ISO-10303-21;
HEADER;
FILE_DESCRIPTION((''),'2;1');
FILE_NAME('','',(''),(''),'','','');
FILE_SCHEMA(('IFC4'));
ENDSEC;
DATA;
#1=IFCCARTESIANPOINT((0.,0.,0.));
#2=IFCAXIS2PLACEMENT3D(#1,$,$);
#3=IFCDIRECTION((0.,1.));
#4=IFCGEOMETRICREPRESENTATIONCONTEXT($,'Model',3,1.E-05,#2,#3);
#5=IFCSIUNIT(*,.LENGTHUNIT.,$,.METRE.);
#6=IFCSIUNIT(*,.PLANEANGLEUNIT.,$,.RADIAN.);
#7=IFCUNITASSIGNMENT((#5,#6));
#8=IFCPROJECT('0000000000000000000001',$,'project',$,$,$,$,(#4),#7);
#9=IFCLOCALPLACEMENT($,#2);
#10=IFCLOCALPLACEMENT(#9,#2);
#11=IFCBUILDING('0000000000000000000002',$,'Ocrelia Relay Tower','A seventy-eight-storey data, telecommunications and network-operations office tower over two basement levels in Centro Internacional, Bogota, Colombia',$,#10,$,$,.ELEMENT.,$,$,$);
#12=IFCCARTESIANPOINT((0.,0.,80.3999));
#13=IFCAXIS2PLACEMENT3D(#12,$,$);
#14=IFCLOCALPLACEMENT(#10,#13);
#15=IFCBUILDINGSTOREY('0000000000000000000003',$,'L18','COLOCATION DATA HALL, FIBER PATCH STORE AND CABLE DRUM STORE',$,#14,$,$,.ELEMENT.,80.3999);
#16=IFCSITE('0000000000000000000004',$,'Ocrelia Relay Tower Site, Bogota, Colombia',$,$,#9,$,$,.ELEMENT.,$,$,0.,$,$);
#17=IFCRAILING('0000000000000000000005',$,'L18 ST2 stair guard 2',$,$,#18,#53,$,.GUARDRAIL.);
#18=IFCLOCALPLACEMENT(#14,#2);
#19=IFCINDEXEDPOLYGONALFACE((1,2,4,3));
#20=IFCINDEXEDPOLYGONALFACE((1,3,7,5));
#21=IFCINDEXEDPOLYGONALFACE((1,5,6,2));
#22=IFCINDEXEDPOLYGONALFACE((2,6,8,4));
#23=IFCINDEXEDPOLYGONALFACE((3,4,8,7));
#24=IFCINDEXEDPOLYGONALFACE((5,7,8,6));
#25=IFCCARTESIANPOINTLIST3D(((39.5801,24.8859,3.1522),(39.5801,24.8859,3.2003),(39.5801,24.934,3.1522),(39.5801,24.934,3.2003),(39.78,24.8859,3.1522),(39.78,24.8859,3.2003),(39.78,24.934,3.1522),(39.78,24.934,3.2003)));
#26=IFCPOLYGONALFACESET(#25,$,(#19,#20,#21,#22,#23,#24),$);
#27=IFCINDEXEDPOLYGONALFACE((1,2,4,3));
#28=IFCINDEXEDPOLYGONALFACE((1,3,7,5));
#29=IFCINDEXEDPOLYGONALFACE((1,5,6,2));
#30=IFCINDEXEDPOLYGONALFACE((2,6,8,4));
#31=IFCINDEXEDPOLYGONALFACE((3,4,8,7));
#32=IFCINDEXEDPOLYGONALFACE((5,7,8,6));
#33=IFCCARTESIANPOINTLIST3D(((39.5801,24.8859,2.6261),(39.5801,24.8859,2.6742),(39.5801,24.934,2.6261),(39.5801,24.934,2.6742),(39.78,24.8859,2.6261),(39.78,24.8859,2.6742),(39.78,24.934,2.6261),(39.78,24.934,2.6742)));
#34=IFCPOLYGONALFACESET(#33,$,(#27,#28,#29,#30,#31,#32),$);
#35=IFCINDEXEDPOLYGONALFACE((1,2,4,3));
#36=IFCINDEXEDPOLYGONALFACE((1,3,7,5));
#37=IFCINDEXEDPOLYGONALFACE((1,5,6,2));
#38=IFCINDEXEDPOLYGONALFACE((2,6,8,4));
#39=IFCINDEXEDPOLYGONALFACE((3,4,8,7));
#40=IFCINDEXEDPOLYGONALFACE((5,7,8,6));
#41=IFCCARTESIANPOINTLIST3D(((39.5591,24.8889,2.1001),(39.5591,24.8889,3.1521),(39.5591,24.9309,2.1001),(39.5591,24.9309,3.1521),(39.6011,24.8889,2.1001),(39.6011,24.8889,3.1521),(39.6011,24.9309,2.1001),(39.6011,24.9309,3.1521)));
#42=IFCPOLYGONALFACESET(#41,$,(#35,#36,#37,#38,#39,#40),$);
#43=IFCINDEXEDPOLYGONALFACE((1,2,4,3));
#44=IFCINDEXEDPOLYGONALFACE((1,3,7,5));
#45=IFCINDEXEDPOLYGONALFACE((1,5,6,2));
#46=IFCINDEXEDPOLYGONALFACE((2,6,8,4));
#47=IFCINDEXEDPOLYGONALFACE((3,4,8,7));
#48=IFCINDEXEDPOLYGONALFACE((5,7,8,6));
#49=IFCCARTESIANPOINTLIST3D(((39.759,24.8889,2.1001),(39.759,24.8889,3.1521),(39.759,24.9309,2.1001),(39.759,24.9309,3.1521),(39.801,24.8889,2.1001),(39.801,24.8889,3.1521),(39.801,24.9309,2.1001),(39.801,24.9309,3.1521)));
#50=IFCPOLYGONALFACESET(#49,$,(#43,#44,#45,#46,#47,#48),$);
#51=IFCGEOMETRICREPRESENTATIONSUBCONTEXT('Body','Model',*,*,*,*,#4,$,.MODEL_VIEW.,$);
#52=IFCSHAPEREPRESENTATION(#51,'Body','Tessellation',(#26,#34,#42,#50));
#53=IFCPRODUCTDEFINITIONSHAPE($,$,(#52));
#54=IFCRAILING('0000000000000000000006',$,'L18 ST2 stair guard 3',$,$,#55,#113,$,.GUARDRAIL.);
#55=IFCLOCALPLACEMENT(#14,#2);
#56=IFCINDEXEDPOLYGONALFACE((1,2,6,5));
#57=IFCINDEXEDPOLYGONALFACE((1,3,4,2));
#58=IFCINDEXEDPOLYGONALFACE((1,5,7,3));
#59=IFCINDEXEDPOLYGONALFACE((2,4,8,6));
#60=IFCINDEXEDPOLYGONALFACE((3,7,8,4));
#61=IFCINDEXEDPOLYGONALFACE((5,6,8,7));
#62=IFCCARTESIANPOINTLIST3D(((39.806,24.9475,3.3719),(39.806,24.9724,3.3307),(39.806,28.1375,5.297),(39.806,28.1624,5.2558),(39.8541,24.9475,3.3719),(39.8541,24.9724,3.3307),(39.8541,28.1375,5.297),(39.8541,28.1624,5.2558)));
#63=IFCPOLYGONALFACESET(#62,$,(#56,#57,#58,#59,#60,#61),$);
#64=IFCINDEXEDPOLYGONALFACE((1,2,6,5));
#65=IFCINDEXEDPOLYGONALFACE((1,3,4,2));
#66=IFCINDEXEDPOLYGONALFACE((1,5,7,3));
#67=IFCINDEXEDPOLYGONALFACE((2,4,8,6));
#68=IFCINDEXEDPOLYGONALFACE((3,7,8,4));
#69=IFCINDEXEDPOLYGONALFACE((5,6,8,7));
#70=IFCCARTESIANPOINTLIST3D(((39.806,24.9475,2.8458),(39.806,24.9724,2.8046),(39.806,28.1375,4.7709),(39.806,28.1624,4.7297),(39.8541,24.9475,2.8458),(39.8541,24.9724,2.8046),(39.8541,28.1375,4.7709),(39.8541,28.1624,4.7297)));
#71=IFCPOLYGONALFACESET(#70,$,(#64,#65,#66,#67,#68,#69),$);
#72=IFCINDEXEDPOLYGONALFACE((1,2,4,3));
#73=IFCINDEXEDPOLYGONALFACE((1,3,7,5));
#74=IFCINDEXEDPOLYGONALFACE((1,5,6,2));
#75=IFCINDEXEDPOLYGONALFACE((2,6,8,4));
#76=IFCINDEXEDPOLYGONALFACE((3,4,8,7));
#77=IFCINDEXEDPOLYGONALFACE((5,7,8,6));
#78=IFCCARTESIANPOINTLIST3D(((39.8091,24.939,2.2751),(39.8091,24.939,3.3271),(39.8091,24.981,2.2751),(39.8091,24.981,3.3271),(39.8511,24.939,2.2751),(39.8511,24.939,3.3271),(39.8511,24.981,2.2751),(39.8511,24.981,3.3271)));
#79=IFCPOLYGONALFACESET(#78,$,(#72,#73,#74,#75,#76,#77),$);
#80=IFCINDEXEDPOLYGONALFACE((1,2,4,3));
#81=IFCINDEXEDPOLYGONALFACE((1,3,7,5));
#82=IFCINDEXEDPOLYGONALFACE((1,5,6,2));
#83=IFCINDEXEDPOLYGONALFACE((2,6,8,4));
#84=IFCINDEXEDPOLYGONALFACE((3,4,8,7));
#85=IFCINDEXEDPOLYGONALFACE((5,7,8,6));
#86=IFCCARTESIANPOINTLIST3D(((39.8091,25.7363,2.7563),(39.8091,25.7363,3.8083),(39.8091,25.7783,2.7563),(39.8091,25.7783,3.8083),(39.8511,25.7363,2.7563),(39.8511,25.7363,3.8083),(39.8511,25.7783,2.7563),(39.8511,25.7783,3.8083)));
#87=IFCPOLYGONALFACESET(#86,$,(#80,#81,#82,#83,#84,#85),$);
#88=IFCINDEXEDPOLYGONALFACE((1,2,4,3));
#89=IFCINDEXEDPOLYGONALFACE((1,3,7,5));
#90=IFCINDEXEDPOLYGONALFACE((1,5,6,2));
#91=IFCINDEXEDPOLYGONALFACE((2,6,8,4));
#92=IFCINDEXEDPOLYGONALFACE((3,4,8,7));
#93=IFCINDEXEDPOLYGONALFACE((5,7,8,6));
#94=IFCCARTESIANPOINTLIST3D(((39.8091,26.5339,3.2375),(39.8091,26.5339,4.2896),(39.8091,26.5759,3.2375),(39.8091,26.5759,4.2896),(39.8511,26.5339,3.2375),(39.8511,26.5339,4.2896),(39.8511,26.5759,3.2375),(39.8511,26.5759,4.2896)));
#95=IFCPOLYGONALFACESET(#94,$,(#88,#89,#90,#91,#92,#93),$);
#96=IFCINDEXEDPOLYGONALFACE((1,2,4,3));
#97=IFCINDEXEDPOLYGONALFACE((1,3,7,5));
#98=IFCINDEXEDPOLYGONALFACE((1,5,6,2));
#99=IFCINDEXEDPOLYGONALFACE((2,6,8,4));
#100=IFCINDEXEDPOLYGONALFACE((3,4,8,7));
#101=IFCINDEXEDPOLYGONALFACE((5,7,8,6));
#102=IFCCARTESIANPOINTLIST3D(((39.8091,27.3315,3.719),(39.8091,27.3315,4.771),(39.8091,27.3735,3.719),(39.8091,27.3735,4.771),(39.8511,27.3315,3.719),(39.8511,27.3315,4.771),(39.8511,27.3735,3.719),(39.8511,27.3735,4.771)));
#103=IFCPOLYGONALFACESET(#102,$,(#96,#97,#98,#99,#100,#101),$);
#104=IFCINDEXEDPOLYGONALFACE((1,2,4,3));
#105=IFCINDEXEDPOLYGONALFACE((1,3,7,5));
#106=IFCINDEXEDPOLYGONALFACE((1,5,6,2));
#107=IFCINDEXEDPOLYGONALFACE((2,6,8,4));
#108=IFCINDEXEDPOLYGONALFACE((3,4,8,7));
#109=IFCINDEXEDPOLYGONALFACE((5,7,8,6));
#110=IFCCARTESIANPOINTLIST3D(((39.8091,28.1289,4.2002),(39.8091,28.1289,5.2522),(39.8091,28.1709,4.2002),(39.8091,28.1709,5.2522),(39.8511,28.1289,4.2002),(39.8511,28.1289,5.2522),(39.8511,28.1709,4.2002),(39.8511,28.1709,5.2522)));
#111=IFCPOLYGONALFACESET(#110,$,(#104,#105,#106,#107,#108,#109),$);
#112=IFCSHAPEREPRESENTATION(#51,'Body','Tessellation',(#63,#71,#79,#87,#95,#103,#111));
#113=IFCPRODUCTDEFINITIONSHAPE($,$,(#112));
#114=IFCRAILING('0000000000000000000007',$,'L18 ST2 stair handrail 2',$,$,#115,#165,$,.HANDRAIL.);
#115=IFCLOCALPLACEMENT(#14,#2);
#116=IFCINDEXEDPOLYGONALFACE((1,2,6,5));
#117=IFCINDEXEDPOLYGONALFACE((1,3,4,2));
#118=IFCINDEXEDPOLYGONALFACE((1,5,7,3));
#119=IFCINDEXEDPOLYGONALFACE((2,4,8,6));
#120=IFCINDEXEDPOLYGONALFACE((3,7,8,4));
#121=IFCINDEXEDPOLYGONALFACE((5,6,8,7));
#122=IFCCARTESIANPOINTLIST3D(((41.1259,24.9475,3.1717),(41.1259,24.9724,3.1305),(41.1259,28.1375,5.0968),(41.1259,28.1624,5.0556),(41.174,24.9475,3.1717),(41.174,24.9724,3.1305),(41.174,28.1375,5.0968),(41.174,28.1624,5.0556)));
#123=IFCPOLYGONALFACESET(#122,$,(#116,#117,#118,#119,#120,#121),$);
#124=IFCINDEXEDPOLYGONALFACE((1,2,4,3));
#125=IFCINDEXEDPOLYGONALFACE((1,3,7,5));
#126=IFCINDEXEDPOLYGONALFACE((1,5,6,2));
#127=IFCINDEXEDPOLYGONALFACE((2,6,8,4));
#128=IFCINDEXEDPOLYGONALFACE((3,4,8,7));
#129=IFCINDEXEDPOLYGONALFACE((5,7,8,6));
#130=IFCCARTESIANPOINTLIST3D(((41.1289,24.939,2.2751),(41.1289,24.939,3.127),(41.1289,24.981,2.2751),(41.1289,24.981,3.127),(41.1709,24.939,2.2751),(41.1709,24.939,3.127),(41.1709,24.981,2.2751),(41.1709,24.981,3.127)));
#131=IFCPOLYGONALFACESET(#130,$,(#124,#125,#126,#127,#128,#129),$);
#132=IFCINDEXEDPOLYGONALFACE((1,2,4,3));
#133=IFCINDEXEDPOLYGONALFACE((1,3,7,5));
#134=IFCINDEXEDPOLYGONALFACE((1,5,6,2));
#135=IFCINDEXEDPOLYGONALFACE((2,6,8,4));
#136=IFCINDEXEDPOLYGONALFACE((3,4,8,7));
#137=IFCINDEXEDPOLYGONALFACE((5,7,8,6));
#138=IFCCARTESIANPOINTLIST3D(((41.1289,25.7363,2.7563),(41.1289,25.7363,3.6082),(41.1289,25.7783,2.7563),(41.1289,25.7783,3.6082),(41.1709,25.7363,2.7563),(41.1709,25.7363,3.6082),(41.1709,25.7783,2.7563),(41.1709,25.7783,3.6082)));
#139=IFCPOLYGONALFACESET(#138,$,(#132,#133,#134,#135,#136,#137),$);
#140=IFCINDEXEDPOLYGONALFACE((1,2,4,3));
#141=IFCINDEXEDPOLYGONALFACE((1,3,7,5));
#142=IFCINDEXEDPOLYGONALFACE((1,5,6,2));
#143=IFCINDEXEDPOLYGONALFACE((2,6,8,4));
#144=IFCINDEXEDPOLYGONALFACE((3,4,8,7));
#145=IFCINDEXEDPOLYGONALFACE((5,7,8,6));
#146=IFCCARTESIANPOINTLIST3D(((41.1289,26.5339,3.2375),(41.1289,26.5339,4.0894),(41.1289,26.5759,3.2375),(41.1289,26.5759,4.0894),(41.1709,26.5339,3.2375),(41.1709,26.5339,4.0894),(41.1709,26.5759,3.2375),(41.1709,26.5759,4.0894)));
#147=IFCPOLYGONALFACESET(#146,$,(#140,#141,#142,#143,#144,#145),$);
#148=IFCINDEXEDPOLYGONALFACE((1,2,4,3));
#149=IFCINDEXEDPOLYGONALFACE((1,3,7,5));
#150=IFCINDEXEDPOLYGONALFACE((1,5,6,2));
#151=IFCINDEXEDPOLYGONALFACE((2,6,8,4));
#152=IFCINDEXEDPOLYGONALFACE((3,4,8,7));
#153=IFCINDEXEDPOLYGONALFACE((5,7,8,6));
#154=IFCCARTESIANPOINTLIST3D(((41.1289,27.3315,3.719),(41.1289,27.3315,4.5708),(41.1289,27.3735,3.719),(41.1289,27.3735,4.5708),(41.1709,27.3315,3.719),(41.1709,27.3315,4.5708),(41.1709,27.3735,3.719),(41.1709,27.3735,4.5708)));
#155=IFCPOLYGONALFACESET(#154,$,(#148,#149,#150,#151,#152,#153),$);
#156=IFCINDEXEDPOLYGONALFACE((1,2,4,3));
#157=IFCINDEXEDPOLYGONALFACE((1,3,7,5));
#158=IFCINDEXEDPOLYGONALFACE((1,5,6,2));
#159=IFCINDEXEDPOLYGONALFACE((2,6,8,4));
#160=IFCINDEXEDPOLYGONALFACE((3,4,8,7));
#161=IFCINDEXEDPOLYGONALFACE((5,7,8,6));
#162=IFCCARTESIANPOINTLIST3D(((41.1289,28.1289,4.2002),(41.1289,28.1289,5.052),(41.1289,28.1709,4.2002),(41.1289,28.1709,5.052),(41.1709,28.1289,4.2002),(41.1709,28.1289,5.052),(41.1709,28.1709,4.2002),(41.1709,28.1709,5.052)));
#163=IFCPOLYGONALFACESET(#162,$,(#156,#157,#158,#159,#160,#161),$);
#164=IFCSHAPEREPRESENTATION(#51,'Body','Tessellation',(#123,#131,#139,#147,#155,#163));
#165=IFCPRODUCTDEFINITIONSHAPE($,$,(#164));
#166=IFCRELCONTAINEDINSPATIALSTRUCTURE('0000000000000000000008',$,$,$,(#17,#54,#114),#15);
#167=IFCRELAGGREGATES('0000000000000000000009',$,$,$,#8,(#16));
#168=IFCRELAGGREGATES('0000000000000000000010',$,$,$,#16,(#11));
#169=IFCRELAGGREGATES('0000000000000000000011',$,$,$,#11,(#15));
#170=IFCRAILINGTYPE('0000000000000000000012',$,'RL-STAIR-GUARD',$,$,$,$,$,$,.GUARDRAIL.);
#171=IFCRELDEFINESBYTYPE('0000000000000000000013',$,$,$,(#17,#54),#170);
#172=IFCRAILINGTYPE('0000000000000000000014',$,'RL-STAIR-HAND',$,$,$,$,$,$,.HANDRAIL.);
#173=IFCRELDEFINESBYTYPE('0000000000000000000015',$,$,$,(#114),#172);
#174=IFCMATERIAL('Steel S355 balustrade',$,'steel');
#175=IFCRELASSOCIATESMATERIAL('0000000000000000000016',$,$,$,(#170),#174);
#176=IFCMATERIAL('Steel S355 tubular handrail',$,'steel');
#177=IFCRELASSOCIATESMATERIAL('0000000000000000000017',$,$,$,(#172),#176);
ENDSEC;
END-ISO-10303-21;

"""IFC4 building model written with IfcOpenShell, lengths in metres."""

from ifc_helpers import new_model, si_unit, direction, frame, origin, origin_2d, place, context, subcontext, project, spatial, rectangle, extrude, material, type_object, element, save


model = new_model("IFC4")

# Units and contexts
model_context = context("Model", 3, precision=1e-05, world=origin(), true_north=direction((0.0, 1.0)))
body_context = subcontext(model_context, "Body", "Model", "MODEL_VIEW")
ifc_project = project(units=[si_unit("LENGTHUNIT", "METRE"), si_unit("PLANEANGLEUNIT", "RADIAN")], contexts=[model_context])

# Site, building, storey
site_placement = place(None, origin())
site = spatial("IfcSite", under=ifc_project, at=site_placement, Name="Ocrelia Relay Tower Site, Bogota, Colombia", CompositionType="ELEMENT", RefElevation=0.0)
building_placement = place(site_placement, origin())
building = spatial("IfcBuilding", under=site, at=building_placement, Name="Ocrelia Relay Tower", Description="A seventy-eight-storey data, telecommunications and network-operations office tower over two basement levels in Centro Internacional, Bogota, Colombia", CompositionType="ELEMENT")
storey_placement = place(building_placement, frame((0.0, 0.0, 80.3999)))
storey = spatial("IfcBuildingStorey", under=building, at=storey_placement, Name="L18", Description="COLOCATION DATA HALL, FIBER PATCH STORE AND CABLE DRUM STORE", CompositionType="ELEMENT", Elevation=80.3999)

# Railings
ifc_material_1 = material(Name="Steel S355 balustrade", Category="steel")
railing_type_1 = type_object("IfcRailingType", Name="RL-STAIR-GUARD", PredefinedType="GUARDRAIL", material=ifc_material_1)
railing_1_placement = place(storey_placement, frame((39.5801, 24.9099, 2.1001)))
element("IfcRailing", 1, at=railing_1_placement, inside=storey, type_object=railing_type_1, Name="L18 ST2 stair guard 2", PredefinedType="GUARDRAIL", context=body_context, shape_type="SweptSolid", body=[
    extrude(rectangle(XDim=0.0481, YDim=0.0481, at=origin_2d()), frame((0.0, 0.0, 1.0762), z_axis=(1.0, 0.0, 0.0), x_axis=(0.0, 1.0, 0.0)), (0.0, 0.0, 1.0), 0.2),
    extrude(rectangle(XDim=0.0481, YDim=0.0481, at=origin_2d()), frame((0.0, 0.0, 0.55), z_axis=(1.0, 0.0, 0.0), x_axis=(0.0, 1.0, 0.0)), (0.0, 0.0, 1.0), 0.2),
    extrude(rectangle(XDim=0.042, YDim=0.042, at=origin_2d()), origin(), (0.0, 0.0, 1.0), 1.052),
    extrude(rectangle(XDim=0.042, YDim=0.042, at=origin_2d()), frame((0.2, 0.0, 0.0)), (0.0, 0.0, 1.0), 1.052),
])
railing_2_placement = place(storey_placement, frame((39.8301, 24.96, 2.2751)))
element("IfcRailing", 2, at=railing_2_placement, inside=storey, type_object=railing_type_1, Name="L18 ST2 stair guard 3", PredefinedType="GUARDRAIL", context=body_context, shape_type="SweptSolid", body=[
    extrude(rectangle(XDim=0.0481, YDim=0.0481, at=origin_2d()), frame((0.0, 0.0, 1.0762), z_axis=(0.0, 0.856178, 0.516682), x_axis=(-1.0, 0.0, 0.0)), (0.0, 0.0, 1.0), 3.7258),
    extrude(rectangle(XDim=0.0481, YDim=0.0481, at=origin_2d()), frame((0.0, 0.0, 0.55), z_axis=(0.0, 0.856178, 0.516682), x_axis=(-1.0, 0.0, 0.0)), (0.0, 0.0, 1.0), 3.7258),
    extrude(rectangle(XDim=0.042, YDim=0.042, at=origin_2d()), origin(), (0.0, 0.0, 1.0), 1.052),
    extrude(rectangle(XDim=0.042, YDim=0.042, at=origin_2d()), frame((0.0, 0.7974, 0.4812)), (0.0, 0.0, 1.0), 1.052),
    extrude(rectangle(XDim=0.042, YDim=0.042, at=origin_2d()), frame((0.0, 1.595, 0.9624)), (0.0, 0.0, 1.0), 1.052),
    extrude(rectangle(XDim=0.042, YDim=0.042, at=origin_2d()), frame((0.0, 2.3926, 1.4438)), (0.0, 0.0, 1.0), 1.052),
    extrude(rectangle(XDim=0.042, YDim=0.042, at=origin_2d()), frame((0.0, 3.1899, 1.925)), (0.0, 0.0, 1.0), 1.052),
])
ifc_material_2 = material(Name="Steel S355 tubular handrail", Category="steel")
railing_type_2 = type_object("IfcRailingType", Name="RL-STAIR-HAND", PredefinedType="HANDRAIL", material=ifc_material_2)
railing_3_placement = place(storey_placement, frame((41.1499, 24.96, 2.2751)))
element("IfcRailing", 3, at=railing_3_placement, inside=storey, type_object=railing_type_2, Name="L18 ST2 stair handrail 2", PredefinedType="HANDRAIL", context=body_context, shape_type="SweptSolid", body=[
    extrude(rectangle(XDim=0.0481, YDim=0.0481, at=origin_2d()), frame((0.0, 0.0, 0.876), z_axis=(0.0, 0.856178, 0.516682), x_axis=(-1.0, 0.0, 0.0)), (0.0, 0.0, 1.0), 3.7258),
    extrude(rectangle(XDim=0.042, YDim=0.042, at=origin_2d()), origin(), (0.0, 0.0, 1.0), 0.8518),
    extrude(rectangle(XDim=0.042, YDim=0.042, at=origin_2d()), frame((0.0, 0.7974, 0.4812)), (0.0, 0.0, 1.0), 0.8518),
    extrude(rectangle(XDim=0.042, YDim=0.042, at=origin_2d()), frame((0.0, 1.595, 0.9624)), (0.0, 0.0, 1.0), 0.8518),
    extrude(rectangle(XDim=0.042, YDim=0.042, at=origin_2d()), frame((0.0, 2.3926, 1.4438)), (0.0, 0.0, 1.0), 0.8518),
    extrude(rectangle(XDim=0.042, YDim=0.042, at=origin_2d()), frame((0.0, 3.1899, 1.925)), (0.0, 0.0, 1.0), 0.8518),
])

save(model, "model.ifc")
